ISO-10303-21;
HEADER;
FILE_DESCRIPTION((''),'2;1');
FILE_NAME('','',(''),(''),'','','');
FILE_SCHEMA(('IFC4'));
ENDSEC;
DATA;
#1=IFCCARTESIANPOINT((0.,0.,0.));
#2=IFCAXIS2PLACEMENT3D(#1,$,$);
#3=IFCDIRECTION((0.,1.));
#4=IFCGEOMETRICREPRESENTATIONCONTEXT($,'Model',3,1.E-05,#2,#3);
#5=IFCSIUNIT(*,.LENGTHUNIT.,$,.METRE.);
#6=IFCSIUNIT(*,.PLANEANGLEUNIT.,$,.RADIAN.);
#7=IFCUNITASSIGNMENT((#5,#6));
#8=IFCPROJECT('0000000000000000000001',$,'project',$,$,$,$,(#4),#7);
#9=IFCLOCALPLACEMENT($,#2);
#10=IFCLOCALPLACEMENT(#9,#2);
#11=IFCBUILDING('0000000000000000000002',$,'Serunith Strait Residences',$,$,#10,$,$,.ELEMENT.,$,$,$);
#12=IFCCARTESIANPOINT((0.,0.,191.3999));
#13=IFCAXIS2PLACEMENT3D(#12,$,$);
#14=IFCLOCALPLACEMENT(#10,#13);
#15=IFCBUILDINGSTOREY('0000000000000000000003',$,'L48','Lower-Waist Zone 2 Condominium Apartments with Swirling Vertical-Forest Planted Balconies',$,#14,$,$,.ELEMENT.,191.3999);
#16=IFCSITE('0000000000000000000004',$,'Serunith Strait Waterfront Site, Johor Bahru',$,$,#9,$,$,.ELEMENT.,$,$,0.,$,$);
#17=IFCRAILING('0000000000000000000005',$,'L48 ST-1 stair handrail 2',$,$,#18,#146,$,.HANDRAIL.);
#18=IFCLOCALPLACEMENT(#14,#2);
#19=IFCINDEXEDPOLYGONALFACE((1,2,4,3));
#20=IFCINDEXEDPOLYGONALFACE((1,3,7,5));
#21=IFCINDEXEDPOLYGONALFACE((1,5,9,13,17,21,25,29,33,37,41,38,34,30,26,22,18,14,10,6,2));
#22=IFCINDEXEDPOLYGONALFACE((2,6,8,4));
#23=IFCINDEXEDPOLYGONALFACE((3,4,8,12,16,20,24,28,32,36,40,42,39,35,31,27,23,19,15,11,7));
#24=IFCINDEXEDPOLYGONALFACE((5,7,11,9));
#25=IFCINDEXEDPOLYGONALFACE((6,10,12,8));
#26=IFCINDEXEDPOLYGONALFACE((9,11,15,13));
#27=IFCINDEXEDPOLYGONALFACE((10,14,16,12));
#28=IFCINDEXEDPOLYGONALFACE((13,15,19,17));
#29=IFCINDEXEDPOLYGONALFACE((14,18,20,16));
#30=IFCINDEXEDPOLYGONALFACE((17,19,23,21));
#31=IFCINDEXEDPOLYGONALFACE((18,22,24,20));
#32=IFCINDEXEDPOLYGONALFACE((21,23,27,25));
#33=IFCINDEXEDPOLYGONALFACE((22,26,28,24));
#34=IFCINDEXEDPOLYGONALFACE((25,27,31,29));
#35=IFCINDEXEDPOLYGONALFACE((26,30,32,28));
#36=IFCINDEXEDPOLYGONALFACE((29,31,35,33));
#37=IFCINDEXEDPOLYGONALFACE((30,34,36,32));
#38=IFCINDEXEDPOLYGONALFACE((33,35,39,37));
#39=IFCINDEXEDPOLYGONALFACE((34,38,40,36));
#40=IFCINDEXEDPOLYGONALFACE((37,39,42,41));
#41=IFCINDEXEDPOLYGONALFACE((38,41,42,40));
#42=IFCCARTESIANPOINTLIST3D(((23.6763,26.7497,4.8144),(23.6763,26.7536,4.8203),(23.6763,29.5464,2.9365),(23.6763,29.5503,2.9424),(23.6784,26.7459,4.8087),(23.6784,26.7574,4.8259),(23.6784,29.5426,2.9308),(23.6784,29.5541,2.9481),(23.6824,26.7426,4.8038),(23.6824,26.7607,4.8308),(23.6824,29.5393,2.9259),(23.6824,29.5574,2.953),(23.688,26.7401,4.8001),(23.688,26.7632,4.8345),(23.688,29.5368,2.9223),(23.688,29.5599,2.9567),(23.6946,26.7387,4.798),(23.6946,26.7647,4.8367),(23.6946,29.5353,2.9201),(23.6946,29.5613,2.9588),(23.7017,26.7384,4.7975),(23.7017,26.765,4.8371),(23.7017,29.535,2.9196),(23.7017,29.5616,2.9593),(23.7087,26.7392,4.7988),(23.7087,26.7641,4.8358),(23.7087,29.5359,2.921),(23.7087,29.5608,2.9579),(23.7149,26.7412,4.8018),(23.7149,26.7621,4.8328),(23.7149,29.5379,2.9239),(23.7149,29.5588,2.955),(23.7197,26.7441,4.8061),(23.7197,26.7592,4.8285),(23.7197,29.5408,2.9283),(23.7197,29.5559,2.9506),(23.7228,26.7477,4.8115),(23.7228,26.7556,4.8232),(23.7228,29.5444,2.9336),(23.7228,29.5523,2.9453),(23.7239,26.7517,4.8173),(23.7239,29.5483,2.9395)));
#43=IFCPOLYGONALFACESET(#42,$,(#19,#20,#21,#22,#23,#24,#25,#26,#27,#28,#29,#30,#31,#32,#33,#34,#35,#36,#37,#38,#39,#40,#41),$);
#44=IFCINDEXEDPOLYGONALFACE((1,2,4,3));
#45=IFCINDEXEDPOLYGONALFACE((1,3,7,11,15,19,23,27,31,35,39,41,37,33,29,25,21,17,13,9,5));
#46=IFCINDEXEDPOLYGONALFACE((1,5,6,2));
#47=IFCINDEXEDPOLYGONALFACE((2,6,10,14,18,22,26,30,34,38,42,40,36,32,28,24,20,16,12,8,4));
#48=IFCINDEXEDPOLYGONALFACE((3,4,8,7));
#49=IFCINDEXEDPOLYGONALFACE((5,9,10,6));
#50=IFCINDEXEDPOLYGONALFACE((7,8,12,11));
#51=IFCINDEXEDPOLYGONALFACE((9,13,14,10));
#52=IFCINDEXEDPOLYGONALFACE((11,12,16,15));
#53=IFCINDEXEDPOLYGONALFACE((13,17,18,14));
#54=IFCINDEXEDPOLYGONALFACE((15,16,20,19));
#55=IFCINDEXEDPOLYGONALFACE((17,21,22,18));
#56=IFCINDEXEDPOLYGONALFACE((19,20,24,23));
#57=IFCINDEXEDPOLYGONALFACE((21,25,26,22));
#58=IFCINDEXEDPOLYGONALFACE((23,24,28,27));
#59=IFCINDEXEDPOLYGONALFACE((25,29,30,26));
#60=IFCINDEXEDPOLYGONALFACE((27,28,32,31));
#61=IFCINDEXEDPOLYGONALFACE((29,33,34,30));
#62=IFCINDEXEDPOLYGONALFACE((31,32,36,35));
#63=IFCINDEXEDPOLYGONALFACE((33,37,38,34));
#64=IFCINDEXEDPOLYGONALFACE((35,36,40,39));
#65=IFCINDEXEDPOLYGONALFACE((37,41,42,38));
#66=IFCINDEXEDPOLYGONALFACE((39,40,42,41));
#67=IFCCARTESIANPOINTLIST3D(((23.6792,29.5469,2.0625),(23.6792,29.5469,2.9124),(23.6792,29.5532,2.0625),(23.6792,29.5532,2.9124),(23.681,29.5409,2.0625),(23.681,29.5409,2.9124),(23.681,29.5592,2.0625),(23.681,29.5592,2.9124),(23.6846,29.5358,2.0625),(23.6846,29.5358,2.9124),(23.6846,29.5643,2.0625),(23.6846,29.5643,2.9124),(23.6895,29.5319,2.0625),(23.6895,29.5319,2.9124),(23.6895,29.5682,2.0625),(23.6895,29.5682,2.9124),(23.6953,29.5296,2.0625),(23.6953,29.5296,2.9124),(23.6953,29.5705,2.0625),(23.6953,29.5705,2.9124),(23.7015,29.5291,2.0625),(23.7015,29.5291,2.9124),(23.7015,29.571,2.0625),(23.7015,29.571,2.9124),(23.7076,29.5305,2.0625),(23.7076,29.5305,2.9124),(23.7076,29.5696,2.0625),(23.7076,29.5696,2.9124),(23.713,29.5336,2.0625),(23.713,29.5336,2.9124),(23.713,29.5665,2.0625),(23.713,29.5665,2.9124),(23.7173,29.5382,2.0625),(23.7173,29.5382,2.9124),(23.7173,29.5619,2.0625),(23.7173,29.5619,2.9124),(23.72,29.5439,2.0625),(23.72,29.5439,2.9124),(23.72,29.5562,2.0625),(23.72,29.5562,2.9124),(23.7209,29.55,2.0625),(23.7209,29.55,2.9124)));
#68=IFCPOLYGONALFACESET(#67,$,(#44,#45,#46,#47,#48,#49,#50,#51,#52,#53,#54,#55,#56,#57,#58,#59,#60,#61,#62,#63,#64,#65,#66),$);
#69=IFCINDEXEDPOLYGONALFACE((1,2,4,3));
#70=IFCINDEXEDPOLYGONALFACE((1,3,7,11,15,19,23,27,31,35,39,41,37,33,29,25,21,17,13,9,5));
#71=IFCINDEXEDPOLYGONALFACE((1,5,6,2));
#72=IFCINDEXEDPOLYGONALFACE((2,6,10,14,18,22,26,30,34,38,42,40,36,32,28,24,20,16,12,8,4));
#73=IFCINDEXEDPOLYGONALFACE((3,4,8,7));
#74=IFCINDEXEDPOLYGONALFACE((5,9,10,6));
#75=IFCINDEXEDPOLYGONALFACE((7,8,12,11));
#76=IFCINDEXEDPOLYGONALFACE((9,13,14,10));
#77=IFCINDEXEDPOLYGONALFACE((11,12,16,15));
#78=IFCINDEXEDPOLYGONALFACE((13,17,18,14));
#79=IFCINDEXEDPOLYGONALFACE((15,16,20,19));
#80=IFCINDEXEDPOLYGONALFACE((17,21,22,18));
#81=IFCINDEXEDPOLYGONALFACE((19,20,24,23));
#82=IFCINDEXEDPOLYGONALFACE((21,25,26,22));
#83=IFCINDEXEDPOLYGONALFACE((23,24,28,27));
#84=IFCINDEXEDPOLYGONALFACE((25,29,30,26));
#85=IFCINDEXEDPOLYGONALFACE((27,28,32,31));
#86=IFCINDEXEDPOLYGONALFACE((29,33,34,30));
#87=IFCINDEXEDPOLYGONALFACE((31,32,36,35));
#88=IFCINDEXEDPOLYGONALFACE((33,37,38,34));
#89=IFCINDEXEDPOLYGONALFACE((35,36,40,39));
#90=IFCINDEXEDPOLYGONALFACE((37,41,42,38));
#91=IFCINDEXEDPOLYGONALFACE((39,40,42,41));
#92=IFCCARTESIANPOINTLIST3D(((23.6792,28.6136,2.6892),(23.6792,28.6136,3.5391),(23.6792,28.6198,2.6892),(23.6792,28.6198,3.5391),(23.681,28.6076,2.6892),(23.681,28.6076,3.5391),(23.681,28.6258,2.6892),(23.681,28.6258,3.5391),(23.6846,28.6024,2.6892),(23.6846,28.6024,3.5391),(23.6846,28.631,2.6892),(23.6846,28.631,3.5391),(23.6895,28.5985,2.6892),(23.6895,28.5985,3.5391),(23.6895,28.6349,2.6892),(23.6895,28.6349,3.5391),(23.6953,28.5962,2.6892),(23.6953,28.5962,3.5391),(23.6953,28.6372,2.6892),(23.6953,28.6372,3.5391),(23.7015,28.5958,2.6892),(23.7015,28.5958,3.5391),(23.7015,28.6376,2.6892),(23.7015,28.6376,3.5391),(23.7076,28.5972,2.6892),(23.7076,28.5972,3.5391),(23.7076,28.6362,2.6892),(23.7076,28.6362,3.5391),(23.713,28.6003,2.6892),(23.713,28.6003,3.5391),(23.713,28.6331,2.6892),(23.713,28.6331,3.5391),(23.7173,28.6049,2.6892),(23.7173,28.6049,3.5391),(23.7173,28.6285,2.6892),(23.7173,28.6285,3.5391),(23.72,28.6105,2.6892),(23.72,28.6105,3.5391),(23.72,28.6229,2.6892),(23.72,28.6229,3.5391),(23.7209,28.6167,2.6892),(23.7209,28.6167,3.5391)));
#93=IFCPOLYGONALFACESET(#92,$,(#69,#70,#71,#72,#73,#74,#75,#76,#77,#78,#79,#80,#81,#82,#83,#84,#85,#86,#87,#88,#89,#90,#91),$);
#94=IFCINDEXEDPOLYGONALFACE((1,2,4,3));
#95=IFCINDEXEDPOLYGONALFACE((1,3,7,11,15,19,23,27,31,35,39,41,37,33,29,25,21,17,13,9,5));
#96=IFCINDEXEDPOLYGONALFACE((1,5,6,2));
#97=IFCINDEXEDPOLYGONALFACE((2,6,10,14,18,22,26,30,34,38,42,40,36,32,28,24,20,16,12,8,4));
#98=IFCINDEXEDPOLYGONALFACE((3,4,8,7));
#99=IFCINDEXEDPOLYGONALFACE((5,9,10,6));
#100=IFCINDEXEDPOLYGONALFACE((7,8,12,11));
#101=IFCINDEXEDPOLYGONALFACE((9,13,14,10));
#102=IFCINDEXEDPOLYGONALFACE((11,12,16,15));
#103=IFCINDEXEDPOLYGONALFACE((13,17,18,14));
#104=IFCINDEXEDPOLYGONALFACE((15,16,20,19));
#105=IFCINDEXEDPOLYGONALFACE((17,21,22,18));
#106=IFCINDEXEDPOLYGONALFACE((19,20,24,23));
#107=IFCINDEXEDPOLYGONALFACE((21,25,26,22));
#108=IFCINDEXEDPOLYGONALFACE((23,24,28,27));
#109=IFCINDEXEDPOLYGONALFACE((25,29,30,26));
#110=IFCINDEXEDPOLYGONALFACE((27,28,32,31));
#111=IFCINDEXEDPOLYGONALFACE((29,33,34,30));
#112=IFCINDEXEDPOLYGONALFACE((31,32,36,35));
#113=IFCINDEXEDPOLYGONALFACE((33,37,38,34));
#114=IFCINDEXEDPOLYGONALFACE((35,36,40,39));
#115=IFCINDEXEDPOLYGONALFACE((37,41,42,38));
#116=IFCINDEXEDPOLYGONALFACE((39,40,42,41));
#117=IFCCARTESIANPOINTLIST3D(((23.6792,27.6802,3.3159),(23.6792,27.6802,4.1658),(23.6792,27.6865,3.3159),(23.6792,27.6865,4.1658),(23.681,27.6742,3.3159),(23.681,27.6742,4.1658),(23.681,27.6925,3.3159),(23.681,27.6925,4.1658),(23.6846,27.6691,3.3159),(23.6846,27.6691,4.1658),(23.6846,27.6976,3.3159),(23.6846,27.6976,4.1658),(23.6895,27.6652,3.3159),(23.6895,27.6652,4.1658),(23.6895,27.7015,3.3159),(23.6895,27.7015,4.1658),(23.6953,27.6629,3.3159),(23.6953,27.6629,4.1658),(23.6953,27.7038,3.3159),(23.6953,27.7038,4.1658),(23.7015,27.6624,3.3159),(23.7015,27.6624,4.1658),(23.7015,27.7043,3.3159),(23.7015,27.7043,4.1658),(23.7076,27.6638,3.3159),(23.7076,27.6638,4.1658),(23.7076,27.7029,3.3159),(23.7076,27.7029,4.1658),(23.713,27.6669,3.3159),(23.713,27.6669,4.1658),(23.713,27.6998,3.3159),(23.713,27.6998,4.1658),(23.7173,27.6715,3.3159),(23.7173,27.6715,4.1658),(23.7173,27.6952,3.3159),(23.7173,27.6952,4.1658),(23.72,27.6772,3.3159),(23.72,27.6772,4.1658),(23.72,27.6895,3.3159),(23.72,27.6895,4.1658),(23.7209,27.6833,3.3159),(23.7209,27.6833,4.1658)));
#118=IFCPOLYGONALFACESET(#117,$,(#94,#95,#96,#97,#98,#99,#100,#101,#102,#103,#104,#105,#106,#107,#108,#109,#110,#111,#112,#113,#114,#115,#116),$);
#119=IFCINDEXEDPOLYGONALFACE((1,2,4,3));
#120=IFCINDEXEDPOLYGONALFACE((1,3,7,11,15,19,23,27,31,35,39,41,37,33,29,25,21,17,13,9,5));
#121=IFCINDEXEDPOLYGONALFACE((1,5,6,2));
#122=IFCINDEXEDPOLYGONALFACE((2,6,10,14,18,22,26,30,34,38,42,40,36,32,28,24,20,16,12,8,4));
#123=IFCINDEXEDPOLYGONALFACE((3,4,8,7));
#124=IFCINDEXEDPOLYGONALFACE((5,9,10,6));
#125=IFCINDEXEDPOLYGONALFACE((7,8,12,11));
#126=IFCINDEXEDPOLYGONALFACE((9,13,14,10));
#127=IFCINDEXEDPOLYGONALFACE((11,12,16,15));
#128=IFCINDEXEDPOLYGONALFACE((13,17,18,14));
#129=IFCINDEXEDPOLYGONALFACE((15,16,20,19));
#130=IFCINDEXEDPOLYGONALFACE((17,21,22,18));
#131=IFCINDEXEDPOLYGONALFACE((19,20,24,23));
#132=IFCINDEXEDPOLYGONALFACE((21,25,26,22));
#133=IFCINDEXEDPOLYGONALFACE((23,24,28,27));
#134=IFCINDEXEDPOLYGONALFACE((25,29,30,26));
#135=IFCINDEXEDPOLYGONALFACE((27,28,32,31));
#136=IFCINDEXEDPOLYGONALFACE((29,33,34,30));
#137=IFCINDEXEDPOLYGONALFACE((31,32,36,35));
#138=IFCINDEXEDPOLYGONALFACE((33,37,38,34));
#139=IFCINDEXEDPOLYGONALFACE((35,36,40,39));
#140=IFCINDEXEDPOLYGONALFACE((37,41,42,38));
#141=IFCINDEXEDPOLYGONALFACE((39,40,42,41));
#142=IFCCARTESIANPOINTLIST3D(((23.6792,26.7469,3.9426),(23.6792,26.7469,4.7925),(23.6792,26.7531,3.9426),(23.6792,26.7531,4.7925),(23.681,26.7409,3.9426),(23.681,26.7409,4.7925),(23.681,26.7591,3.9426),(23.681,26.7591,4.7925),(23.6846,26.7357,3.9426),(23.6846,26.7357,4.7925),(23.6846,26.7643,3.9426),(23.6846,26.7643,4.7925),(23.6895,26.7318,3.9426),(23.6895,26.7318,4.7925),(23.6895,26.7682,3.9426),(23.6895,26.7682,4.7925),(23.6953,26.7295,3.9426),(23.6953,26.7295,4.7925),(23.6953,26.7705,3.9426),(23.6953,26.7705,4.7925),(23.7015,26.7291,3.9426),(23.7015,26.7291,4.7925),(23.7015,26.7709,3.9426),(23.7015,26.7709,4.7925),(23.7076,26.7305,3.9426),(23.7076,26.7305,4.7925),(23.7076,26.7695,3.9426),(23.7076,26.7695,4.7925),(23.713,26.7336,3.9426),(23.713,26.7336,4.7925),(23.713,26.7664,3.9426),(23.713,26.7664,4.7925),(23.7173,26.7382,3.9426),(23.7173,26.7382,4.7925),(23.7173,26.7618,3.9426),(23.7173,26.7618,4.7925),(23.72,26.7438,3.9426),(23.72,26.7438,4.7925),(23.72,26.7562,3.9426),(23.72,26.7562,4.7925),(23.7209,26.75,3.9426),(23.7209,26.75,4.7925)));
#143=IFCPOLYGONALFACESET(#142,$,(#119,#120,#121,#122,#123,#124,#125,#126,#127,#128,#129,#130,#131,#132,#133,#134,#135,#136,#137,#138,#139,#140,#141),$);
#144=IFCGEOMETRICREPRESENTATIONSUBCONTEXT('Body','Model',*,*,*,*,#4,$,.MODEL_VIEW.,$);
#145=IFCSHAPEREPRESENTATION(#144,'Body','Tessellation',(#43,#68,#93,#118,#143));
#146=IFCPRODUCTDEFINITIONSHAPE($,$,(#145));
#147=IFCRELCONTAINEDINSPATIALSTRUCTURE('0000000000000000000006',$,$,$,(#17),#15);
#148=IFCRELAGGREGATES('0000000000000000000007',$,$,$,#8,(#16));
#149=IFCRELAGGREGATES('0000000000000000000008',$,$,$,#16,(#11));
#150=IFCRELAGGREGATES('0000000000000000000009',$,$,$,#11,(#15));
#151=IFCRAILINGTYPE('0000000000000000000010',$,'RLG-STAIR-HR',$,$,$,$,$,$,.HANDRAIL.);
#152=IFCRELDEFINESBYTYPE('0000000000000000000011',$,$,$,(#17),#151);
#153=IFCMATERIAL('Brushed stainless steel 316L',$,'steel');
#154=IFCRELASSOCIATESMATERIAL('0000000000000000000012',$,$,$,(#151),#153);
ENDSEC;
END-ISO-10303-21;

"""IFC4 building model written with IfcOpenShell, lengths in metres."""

from ifc_helpers import new_model, si_unit, direction, frame, origin, origin_2d, place, context, subcontext, project, spatial, circle, extrude, material, type_object, element, save


model = new_model("IFC4")

# Units and contexts
model_context = context("Model", 3, precision=1e-05, world=origin(), true_north=direction((0.0, 1.0)))
body_context = subcontext(model_context, "Body", "Model", "MODEL_VIEW")
ifc_project = project(units=[si_unit("LENGTHUNIT", "METRE"), si_unit("PLANEANGLEUNIT", "RADIAN")], contexts=[model_context])

# Site, building, storey
site_placement = place(None, origin())
site = spatial("IfcSite", under=ifc_project, at=site_placement, Name="Serunith Strait Waterfront Site, Johor Bahru", CompositionType="ELEMENT", RefElevation=0.0)
building_placement = place(site_placement, origin())
building = spatial("IfcBuilding", under=site, at=building_placement, Name="Serunith Strait Residences", CompositionType="ELEMENT")
storey_placement = place(building_placement, frame((0.0, 0.0, 191.3999)))
storey = spatial("IfcBuildingStorey", under=building, at=storey_placement, Name="L48", Description="Lower-Waist Zone 2 Condominium Apartments with Swirling Vertical-Forest Planted Balconies", CompositionType="ELEMENT", Elevation=191.3999)

# Railing
ifc_material_1 = material(Name="Brushed stainless steel 316L", Category="steel")
railing_type_1 = type_object("IfcRailingType", Name="RLG-STAIR-HR", PredefinedType="HANDRAIL", material=ifc_material_1)
railing_1_placement = place(storey_placement, frame((23.7, 29.55, 2.0625)))
element("IfcRailing", 1, at=railing_1_placement, inside=storey, type_object=railing_type_1, Name="L48 ST-1 stair handrail 2", PredefinedType="HANDRAIL", context=body_context, shape_type="SweptSolid", body=[
    extrude(circle(Radius=0.0239, at=origin_2d()), frame((0.0, -0.0017, 0.877), z_axis=(0.0, -0.830208, 0.557453), x_axis=(1.0, 0.0, 0.0)), (0.0, 0.0, 1.0), 3.3687),
    extrude(circle(Radius=0.021, at=origin_2d()), origin(), (0.0, 0.0, 1.0), 0.8499),
    extrude(circle(Radius=0.021, at=origin_2d()), frame((0.0, -0.9333, 0.6267)), (0.0, 0.0, 1.0), 0.8499),
    extrude(circle(Radius=0.021, at=origin_2d()), frame((0.0, -1.8667, 1.2534)), (0.0, 0.0, 1.0), 0.8499),
    extrude(circle(Radius=0.021, at=origin_2d()), frame((0.0, -2.8, 1.8801)), (0.0, 0.0, 1.0), 0.8499),
])

save(model, "model.ifc")
